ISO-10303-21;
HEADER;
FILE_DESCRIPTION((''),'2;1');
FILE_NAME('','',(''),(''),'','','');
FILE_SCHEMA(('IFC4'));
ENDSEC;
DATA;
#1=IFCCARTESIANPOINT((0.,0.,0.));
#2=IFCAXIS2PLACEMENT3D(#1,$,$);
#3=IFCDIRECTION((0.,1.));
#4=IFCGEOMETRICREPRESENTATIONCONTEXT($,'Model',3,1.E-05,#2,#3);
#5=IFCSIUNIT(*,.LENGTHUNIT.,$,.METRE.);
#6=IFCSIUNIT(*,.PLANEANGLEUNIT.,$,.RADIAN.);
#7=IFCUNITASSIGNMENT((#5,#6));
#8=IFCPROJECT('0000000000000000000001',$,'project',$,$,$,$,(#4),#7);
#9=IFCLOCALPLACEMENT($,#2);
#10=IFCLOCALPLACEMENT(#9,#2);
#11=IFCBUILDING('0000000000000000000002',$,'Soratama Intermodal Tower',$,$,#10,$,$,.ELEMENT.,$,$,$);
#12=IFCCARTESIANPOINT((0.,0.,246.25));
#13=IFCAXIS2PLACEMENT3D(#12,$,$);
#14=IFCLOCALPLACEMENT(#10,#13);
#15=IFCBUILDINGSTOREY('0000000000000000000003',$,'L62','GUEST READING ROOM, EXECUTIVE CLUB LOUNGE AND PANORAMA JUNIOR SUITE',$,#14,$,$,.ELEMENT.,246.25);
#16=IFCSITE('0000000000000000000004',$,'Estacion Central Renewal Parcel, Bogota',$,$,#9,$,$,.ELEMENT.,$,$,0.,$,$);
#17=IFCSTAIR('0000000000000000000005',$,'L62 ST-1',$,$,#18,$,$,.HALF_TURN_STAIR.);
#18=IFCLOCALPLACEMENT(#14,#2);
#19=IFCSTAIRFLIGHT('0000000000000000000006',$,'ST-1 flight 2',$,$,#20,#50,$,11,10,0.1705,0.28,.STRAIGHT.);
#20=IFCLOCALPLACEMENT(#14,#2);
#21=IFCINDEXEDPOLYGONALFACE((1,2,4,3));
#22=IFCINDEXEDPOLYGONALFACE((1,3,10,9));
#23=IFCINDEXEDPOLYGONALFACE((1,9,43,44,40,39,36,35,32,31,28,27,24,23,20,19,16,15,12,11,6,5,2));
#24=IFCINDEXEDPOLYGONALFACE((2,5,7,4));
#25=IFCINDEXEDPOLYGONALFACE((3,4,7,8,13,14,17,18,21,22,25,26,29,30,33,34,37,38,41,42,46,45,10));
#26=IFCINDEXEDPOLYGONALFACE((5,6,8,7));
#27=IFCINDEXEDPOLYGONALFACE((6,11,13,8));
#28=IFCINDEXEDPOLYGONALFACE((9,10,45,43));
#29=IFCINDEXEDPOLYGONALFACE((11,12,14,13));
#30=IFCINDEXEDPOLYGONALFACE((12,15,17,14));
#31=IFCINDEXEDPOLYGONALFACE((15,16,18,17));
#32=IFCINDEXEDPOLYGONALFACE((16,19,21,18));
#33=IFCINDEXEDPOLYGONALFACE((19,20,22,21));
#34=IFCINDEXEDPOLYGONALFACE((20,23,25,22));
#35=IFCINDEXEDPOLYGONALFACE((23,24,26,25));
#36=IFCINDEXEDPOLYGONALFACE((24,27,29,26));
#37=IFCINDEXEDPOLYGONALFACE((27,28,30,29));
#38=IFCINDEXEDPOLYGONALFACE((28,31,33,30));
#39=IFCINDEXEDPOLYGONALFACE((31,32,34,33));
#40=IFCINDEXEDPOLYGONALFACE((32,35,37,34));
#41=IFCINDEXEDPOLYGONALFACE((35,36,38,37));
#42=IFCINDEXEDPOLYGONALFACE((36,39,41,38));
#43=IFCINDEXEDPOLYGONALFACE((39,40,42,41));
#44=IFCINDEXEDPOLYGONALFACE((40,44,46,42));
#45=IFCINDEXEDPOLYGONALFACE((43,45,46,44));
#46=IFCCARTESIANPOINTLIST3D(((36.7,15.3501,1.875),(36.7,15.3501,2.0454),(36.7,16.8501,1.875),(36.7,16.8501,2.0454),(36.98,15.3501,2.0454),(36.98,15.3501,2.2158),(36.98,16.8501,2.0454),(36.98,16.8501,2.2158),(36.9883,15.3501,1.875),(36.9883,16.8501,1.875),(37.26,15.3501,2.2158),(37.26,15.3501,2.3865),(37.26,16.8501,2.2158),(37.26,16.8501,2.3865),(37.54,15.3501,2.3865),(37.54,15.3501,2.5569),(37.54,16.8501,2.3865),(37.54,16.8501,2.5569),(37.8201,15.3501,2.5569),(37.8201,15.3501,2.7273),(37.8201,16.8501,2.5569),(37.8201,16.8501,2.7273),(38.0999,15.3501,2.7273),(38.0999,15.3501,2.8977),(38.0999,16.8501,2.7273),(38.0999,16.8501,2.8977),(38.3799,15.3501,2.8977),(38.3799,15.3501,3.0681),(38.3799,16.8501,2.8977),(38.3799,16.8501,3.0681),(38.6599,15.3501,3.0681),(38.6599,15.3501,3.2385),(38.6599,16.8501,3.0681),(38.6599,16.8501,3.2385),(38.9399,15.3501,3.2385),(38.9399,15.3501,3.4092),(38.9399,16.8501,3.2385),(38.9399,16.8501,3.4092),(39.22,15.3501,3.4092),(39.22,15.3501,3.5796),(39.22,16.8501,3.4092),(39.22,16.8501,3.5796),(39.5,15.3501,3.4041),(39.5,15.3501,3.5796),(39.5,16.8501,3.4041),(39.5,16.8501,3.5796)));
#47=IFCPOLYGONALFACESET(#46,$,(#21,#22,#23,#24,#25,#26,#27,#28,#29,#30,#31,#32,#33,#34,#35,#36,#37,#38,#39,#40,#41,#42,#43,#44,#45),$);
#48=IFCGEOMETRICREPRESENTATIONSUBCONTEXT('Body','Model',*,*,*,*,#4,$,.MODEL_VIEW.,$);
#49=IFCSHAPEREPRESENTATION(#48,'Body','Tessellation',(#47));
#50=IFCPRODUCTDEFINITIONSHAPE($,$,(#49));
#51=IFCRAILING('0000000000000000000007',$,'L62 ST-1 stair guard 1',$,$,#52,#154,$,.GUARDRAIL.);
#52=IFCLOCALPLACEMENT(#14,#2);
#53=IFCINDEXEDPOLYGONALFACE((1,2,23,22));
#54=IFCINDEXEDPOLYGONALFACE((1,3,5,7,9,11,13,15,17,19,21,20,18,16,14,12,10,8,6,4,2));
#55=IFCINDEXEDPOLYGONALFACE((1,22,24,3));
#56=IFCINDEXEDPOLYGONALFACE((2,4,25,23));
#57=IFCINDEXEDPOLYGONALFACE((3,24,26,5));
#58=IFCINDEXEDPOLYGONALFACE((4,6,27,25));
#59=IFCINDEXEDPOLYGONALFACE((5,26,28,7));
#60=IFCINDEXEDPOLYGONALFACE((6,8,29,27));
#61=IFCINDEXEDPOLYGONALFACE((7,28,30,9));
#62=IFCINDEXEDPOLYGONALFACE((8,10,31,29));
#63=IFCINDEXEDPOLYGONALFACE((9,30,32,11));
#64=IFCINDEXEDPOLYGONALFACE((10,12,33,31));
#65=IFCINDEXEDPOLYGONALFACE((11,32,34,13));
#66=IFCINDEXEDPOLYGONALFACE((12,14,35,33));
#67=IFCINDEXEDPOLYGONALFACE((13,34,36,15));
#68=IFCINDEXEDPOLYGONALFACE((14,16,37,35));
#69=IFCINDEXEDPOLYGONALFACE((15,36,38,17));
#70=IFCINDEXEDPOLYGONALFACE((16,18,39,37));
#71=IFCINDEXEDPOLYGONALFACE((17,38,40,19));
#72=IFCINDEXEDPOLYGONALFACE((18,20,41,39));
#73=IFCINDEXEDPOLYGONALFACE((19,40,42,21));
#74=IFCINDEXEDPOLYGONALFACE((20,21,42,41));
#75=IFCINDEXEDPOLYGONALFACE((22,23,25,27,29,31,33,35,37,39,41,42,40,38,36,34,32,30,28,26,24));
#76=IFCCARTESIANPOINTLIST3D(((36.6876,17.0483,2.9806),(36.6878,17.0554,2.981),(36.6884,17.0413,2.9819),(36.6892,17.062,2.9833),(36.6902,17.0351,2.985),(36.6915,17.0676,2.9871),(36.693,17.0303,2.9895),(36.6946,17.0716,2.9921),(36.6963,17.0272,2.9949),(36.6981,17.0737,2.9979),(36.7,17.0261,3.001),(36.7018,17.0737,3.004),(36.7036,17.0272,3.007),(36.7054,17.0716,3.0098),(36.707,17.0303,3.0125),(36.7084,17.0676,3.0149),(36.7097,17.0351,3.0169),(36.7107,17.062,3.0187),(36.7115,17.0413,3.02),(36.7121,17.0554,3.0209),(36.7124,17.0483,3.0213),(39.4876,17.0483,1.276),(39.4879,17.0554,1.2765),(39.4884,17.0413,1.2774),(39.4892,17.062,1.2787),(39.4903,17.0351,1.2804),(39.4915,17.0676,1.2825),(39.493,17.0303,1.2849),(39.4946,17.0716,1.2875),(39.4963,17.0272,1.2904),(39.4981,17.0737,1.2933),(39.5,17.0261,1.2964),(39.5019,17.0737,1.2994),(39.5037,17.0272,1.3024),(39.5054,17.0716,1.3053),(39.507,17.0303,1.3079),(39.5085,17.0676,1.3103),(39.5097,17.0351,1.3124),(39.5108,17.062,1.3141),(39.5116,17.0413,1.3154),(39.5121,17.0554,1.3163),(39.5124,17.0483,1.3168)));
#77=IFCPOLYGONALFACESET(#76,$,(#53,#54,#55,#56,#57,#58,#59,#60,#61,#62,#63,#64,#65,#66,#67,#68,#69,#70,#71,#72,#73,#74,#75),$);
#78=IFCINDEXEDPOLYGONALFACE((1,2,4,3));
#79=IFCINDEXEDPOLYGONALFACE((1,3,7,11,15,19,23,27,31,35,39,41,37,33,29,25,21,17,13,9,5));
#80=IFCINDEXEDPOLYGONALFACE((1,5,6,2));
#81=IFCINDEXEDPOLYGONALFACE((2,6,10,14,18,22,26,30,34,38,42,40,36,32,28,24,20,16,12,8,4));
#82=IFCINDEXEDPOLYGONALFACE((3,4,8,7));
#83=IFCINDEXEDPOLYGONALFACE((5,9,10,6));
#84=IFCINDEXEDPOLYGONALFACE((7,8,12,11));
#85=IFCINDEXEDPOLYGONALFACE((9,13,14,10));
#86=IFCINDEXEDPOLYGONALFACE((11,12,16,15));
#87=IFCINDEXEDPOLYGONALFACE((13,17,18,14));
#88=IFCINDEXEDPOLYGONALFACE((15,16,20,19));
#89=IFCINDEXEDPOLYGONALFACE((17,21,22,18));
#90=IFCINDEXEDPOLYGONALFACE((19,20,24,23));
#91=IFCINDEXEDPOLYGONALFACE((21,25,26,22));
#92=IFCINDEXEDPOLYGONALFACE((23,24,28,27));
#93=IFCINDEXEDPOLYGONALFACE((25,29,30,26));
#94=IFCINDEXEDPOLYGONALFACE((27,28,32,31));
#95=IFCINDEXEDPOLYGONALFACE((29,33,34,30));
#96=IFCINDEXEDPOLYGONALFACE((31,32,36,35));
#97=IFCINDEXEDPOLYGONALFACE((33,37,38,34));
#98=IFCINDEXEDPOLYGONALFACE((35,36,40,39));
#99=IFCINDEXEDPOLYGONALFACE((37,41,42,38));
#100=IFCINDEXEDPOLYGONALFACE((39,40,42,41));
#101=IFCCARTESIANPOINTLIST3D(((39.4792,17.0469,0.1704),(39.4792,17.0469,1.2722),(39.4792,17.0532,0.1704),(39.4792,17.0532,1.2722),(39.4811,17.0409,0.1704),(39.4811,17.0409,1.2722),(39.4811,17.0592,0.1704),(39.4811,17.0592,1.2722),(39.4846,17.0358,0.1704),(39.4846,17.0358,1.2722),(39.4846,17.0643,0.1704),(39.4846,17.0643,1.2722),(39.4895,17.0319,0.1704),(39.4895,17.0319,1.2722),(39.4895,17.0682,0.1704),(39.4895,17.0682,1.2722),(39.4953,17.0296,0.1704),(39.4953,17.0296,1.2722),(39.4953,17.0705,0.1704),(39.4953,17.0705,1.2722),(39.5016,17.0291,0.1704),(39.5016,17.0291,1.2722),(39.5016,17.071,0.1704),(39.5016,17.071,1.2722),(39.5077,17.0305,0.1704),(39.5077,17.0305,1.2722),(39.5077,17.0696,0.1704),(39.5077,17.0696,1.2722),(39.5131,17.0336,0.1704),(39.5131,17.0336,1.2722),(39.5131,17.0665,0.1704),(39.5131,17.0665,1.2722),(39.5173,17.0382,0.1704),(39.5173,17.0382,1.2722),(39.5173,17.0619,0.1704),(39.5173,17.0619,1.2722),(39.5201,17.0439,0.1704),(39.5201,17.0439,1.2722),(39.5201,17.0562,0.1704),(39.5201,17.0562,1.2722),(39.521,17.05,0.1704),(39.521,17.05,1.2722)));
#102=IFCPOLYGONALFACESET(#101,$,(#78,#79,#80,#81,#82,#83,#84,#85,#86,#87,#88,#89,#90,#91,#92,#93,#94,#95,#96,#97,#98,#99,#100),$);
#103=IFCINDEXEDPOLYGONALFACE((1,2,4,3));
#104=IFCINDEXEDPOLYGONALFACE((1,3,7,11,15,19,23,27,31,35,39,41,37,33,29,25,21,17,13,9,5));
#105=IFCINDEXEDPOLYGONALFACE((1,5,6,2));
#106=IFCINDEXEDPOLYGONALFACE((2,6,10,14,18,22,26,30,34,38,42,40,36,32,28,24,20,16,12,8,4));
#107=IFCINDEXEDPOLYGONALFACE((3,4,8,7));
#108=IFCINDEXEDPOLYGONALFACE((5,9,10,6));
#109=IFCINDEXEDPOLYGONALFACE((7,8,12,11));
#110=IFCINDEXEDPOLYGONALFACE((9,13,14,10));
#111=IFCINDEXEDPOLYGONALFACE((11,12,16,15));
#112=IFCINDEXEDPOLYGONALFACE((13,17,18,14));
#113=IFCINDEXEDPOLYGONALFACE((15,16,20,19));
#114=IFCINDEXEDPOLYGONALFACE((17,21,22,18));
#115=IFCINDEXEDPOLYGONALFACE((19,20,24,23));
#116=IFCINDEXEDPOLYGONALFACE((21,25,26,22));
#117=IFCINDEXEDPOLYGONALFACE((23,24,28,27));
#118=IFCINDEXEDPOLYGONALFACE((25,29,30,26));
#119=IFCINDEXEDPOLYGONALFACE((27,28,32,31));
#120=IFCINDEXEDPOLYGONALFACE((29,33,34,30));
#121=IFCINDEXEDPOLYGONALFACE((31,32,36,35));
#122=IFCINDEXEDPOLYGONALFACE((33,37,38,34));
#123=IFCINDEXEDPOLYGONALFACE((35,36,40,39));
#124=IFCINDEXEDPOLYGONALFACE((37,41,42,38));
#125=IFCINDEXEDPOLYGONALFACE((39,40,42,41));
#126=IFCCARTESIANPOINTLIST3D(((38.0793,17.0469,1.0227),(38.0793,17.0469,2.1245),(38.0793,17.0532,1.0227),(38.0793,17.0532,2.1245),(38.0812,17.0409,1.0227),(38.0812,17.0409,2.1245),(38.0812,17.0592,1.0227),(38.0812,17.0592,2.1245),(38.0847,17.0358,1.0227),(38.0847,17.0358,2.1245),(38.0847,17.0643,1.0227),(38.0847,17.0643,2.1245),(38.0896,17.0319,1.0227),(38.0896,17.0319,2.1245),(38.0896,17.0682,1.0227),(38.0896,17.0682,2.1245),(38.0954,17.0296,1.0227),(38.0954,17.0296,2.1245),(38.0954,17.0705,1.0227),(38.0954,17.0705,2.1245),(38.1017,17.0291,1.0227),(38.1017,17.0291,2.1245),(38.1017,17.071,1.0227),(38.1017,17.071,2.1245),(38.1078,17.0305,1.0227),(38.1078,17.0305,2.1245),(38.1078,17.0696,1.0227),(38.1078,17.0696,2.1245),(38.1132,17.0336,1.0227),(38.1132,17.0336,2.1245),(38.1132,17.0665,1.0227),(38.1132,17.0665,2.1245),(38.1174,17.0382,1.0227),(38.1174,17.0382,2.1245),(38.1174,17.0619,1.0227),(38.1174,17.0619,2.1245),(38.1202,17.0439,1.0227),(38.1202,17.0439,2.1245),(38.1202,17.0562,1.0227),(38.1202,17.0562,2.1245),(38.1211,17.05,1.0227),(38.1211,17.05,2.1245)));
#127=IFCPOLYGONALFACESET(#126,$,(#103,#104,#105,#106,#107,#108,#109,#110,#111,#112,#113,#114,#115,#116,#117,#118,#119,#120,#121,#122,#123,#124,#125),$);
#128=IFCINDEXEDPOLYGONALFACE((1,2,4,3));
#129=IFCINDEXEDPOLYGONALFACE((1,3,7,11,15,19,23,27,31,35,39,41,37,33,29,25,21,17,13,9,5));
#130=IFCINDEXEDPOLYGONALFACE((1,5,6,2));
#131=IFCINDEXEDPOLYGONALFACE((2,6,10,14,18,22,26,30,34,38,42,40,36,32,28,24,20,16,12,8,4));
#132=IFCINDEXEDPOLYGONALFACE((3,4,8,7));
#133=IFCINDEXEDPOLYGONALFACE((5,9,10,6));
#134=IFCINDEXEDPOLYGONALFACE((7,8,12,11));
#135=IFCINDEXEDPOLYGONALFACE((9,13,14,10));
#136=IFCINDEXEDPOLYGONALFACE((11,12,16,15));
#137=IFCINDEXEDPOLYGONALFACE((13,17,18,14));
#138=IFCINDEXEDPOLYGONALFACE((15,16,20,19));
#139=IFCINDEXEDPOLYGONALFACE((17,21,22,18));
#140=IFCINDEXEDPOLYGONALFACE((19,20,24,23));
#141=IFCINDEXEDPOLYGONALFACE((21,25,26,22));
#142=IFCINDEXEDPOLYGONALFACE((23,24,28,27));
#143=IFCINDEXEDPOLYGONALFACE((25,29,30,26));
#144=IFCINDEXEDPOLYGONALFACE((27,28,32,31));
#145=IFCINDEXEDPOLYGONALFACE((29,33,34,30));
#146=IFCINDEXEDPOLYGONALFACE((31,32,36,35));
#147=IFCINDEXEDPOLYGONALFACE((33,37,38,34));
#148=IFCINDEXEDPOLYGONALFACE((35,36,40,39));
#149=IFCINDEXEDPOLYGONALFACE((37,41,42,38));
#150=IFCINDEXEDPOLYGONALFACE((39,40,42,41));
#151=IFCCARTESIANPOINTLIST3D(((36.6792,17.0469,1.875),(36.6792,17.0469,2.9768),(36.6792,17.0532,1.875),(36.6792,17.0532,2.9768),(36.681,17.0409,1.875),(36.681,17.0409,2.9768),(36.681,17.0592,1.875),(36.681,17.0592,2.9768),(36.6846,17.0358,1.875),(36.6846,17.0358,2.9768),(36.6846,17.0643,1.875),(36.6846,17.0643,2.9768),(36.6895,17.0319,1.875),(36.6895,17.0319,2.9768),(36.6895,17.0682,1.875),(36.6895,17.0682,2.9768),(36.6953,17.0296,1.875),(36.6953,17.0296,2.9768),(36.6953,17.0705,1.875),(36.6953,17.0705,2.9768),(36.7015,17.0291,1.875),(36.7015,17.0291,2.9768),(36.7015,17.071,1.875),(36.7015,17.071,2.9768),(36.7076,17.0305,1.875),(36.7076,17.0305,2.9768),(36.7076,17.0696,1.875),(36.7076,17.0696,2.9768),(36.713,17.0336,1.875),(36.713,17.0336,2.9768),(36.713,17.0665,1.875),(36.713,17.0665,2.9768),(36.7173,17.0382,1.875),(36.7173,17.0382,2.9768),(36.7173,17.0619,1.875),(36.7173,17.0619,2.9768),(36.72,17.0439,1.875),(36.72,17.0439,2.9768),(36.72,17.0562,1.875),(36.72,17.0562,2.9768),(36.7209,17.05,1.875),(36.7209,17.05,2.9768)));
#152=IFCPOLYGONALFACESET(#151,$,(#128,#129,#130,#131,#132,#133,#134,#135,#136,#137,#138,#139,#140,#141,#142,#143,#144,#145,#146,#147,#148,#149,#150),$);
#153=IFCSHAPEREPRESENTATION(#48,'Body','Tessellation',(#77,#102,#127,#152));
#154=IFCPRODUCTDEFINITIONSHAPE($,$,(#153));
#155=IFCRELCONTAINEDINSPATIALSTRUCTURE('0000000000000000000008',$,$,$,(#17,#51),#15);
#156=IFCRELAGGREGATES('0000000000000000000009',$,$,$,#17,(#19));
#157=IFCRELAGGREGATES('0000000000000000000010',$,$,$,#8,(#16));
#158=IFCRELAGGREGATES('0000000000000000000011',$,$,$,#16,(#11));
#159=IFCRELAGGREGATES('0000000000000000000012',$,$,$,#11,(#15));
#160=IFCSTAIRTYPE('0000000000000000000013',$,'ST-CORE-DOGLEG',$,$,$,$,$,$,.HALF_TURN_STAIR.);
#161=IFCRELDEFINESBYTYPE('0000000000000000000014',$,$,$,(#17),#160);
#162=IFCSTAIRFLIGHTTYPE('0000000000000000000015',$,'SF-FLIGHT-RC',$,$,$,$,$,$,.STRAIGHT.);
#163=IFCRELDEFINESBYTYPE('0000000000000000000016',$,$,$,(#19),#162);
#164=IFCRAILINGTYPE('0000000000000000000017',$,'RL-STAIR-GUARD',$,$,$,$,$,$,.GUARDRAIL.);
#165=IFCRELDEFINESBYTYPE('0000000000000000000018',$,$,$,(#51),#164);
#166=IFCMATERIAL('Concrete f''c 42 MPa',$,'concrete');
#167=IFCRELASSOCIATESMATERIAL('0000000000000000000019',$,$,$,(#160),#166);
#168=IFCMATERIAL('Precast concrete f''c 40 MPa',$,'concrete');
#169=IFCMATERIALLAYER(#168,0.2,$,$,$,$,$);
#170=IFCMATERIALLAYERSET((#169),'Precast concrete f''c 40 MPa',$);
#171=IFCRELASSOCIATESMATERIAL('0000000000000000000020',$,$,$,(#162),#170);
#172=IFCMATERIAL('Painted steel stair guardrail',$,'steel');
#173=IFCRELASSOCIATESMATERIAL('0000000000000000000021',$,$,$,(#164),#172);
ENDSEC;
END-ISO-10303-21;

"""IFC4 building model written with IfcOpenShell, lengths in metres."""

from ifc_helpers import new_model, si_unit, direction, frame, origin, origin_2d, place, context, subcontext, project, spatial, polyline, circle, outline, extrude, material, layer, layer_set, type_object, element, aggregate, save


model = new_model("IFC4")

# Units and contexts
model_context = context("Model", 3, precision=1e-05, world=origin(), true_north=direction((0.0, 1.0)))
body_context = subcontext(model_context, "Body", "Model", "MODEL_VIEW")
ifc_project = project(units=[si_unit("LENGTHUNIT", "METRE"), si_unit("PLANEANGLEUNIT", "RADIAN")], contexts=[model_context])

# Site, building, storey
site_placement = place(None, origin())
site = spatial("IfcSite", under=ifc_project, at=site_placement, Name="Estacion Central Renewal Parcel, Bogota", CompositionType="ELEMENT", RefElevation=0.0)
building_placement = place(site_placement, origin())
building = spatial("IfcBuilding", under=site, at=building_placement, Name="Soratama Intermodal Tower", CompositionType="ELEMENT")
storey_placement = place(building_placement, frame((0.0, 0.0, 246.25)))
storey = spatial("IfcBuildingStorey", under=building, at=storey_placement, Name="L62", Description="GUEST READING ROOM, EXECUTIVE CLUB LOUNGE AND PANORAMA JUNIOR SUITE", CompositionType="ELEMENT", Elevation=246.25)

# Stair, stair flight
ifc_material_1 = material(Name="Concrete f'c 42 MPa", Category="concrete")
stair_type = type_object("IfcStairType", Name="ST-CORE-DOGLEG", PredefinedType="HALF_TURN_STAIR", material=ifc_material_1)
stair_placement = place(storey_placement, origin())
stair = element("IfcStair", 1, at=stair_placement, inside=storey, type_object=stair_type, Name="L62 ST-1", PredefinedType="HALF_TURN_STAIR")
ifc_material_2 = material(Name="Precast concrete f'c 40 MPa", Category="concrete")
ifc_layer_1 = layer(ifc_material_2, 0.2)
ifc_layer_set_1 = layer_set([ifc_layer_1], Name="Precast concrete f'c 40 MPa")
stair_flight_type = type_object("IfcStairFlightType", Name="SF-FLIGHT-RC", PredefinedType="STRAIGHT", material=ifc_layer_set_1)
stair_flight_1_placement = place(storey_placement, frame((36.7, 16.1001, 1.875), z_axis=(0.0, 0.0, 1.0), x_axis=(1.0, 0.0, 0.0)))
stair_flight_1 = element("IfcStairFlight", 2, at=stair_flight_1_placement, type_object=stair_flight_type, Name="ST-1 flight 2", NumberOfRisers=11, NumberOfTreads=10, PredefinedType="STRAIGHT", RiserHeight=0.1705, TreadLength=0.28, context=body_context, shape_type="SweptSolid", body=[
    extrude(outline(polyline([(0.0, 0.0), (0.0, 0.1704), (0.28, 0.1704), (0.28, 0.3408), (0.5601, 0.3408), (0.5601, 0.5115), (0.8401, 0.5115), (0.8401, 0.6819), (1.1201, 0.6819), (1.1201, 0.8523), (1.3999, 0.8523), (1.3999, 1.0227), (1.6799, 1.0227), (1.6799, 1.1931), (1.96, 1.1931), (1.96, 1.3635), (2.24, 1.3635), (2.24, 1.5342), (2.52, 1.5342), (2.52, 1.7046), (2.8, 1.7046), (2.8, 1.875), (2.8, 1.5291), (0.2883, 0.0), (0.0, 0.0)])), frame((0.0, 0.75, 0.0), z_axis=(0.0, -1.0, 0.0), x_axis=(1.0, 0.0, 0.0)), (0.0, 0.0, 1.0), 1.5),
])
aggregate(stair, [stair_flight_1])

# Railing
ifc_material_3 = material(Name="Painted steel stair guardrail", Category="steel")
railing_type_1 = type_object("IfcRailingType", Name="RL-STAIR-GUARD", PredefinedType="GUARDRAIL", material=ifc_material_3)
railing_1_placement = place(storey_placement, frame((39.5, 17.05, 0.1704)))
element("IfcRailing", 3, at=railing_1_placement, inside=storey, type_object=railing_type_1, Name="L62 ST-1 stair guard 1", PredefinedType="GUARDRAIL", context=body_context, shape_type="SweptSolid", body=[
    extrude(circle(Radius=0.0239, at=origin_2d()), frame((0.0, 0.0, 1.126), z_axis=(-0.85417, 0.0, 0.519994), x_axis=(0.0, -1.0, 0.0)), (0.0, 0.0, 1.0), 3.2781),
    extrude(circle(Radius=0.021, at=origin_2d()), origin(), (0.0, 0.0, 1.0), 1.1018),
    extrude(circle(Radius=0.021, at=origin_2d()), frame((-1.3999, 0.0, 0.8523)), (0.0, 0.0, 1.0), 1.1018),
    extrude(circle(Radius=0.021, at=origin_2d()), frame((-2.8, 0.0, 1.7046)), (0.0, 0.0, 1.0), 1.1018),
])

save(model, "model.ifc")
